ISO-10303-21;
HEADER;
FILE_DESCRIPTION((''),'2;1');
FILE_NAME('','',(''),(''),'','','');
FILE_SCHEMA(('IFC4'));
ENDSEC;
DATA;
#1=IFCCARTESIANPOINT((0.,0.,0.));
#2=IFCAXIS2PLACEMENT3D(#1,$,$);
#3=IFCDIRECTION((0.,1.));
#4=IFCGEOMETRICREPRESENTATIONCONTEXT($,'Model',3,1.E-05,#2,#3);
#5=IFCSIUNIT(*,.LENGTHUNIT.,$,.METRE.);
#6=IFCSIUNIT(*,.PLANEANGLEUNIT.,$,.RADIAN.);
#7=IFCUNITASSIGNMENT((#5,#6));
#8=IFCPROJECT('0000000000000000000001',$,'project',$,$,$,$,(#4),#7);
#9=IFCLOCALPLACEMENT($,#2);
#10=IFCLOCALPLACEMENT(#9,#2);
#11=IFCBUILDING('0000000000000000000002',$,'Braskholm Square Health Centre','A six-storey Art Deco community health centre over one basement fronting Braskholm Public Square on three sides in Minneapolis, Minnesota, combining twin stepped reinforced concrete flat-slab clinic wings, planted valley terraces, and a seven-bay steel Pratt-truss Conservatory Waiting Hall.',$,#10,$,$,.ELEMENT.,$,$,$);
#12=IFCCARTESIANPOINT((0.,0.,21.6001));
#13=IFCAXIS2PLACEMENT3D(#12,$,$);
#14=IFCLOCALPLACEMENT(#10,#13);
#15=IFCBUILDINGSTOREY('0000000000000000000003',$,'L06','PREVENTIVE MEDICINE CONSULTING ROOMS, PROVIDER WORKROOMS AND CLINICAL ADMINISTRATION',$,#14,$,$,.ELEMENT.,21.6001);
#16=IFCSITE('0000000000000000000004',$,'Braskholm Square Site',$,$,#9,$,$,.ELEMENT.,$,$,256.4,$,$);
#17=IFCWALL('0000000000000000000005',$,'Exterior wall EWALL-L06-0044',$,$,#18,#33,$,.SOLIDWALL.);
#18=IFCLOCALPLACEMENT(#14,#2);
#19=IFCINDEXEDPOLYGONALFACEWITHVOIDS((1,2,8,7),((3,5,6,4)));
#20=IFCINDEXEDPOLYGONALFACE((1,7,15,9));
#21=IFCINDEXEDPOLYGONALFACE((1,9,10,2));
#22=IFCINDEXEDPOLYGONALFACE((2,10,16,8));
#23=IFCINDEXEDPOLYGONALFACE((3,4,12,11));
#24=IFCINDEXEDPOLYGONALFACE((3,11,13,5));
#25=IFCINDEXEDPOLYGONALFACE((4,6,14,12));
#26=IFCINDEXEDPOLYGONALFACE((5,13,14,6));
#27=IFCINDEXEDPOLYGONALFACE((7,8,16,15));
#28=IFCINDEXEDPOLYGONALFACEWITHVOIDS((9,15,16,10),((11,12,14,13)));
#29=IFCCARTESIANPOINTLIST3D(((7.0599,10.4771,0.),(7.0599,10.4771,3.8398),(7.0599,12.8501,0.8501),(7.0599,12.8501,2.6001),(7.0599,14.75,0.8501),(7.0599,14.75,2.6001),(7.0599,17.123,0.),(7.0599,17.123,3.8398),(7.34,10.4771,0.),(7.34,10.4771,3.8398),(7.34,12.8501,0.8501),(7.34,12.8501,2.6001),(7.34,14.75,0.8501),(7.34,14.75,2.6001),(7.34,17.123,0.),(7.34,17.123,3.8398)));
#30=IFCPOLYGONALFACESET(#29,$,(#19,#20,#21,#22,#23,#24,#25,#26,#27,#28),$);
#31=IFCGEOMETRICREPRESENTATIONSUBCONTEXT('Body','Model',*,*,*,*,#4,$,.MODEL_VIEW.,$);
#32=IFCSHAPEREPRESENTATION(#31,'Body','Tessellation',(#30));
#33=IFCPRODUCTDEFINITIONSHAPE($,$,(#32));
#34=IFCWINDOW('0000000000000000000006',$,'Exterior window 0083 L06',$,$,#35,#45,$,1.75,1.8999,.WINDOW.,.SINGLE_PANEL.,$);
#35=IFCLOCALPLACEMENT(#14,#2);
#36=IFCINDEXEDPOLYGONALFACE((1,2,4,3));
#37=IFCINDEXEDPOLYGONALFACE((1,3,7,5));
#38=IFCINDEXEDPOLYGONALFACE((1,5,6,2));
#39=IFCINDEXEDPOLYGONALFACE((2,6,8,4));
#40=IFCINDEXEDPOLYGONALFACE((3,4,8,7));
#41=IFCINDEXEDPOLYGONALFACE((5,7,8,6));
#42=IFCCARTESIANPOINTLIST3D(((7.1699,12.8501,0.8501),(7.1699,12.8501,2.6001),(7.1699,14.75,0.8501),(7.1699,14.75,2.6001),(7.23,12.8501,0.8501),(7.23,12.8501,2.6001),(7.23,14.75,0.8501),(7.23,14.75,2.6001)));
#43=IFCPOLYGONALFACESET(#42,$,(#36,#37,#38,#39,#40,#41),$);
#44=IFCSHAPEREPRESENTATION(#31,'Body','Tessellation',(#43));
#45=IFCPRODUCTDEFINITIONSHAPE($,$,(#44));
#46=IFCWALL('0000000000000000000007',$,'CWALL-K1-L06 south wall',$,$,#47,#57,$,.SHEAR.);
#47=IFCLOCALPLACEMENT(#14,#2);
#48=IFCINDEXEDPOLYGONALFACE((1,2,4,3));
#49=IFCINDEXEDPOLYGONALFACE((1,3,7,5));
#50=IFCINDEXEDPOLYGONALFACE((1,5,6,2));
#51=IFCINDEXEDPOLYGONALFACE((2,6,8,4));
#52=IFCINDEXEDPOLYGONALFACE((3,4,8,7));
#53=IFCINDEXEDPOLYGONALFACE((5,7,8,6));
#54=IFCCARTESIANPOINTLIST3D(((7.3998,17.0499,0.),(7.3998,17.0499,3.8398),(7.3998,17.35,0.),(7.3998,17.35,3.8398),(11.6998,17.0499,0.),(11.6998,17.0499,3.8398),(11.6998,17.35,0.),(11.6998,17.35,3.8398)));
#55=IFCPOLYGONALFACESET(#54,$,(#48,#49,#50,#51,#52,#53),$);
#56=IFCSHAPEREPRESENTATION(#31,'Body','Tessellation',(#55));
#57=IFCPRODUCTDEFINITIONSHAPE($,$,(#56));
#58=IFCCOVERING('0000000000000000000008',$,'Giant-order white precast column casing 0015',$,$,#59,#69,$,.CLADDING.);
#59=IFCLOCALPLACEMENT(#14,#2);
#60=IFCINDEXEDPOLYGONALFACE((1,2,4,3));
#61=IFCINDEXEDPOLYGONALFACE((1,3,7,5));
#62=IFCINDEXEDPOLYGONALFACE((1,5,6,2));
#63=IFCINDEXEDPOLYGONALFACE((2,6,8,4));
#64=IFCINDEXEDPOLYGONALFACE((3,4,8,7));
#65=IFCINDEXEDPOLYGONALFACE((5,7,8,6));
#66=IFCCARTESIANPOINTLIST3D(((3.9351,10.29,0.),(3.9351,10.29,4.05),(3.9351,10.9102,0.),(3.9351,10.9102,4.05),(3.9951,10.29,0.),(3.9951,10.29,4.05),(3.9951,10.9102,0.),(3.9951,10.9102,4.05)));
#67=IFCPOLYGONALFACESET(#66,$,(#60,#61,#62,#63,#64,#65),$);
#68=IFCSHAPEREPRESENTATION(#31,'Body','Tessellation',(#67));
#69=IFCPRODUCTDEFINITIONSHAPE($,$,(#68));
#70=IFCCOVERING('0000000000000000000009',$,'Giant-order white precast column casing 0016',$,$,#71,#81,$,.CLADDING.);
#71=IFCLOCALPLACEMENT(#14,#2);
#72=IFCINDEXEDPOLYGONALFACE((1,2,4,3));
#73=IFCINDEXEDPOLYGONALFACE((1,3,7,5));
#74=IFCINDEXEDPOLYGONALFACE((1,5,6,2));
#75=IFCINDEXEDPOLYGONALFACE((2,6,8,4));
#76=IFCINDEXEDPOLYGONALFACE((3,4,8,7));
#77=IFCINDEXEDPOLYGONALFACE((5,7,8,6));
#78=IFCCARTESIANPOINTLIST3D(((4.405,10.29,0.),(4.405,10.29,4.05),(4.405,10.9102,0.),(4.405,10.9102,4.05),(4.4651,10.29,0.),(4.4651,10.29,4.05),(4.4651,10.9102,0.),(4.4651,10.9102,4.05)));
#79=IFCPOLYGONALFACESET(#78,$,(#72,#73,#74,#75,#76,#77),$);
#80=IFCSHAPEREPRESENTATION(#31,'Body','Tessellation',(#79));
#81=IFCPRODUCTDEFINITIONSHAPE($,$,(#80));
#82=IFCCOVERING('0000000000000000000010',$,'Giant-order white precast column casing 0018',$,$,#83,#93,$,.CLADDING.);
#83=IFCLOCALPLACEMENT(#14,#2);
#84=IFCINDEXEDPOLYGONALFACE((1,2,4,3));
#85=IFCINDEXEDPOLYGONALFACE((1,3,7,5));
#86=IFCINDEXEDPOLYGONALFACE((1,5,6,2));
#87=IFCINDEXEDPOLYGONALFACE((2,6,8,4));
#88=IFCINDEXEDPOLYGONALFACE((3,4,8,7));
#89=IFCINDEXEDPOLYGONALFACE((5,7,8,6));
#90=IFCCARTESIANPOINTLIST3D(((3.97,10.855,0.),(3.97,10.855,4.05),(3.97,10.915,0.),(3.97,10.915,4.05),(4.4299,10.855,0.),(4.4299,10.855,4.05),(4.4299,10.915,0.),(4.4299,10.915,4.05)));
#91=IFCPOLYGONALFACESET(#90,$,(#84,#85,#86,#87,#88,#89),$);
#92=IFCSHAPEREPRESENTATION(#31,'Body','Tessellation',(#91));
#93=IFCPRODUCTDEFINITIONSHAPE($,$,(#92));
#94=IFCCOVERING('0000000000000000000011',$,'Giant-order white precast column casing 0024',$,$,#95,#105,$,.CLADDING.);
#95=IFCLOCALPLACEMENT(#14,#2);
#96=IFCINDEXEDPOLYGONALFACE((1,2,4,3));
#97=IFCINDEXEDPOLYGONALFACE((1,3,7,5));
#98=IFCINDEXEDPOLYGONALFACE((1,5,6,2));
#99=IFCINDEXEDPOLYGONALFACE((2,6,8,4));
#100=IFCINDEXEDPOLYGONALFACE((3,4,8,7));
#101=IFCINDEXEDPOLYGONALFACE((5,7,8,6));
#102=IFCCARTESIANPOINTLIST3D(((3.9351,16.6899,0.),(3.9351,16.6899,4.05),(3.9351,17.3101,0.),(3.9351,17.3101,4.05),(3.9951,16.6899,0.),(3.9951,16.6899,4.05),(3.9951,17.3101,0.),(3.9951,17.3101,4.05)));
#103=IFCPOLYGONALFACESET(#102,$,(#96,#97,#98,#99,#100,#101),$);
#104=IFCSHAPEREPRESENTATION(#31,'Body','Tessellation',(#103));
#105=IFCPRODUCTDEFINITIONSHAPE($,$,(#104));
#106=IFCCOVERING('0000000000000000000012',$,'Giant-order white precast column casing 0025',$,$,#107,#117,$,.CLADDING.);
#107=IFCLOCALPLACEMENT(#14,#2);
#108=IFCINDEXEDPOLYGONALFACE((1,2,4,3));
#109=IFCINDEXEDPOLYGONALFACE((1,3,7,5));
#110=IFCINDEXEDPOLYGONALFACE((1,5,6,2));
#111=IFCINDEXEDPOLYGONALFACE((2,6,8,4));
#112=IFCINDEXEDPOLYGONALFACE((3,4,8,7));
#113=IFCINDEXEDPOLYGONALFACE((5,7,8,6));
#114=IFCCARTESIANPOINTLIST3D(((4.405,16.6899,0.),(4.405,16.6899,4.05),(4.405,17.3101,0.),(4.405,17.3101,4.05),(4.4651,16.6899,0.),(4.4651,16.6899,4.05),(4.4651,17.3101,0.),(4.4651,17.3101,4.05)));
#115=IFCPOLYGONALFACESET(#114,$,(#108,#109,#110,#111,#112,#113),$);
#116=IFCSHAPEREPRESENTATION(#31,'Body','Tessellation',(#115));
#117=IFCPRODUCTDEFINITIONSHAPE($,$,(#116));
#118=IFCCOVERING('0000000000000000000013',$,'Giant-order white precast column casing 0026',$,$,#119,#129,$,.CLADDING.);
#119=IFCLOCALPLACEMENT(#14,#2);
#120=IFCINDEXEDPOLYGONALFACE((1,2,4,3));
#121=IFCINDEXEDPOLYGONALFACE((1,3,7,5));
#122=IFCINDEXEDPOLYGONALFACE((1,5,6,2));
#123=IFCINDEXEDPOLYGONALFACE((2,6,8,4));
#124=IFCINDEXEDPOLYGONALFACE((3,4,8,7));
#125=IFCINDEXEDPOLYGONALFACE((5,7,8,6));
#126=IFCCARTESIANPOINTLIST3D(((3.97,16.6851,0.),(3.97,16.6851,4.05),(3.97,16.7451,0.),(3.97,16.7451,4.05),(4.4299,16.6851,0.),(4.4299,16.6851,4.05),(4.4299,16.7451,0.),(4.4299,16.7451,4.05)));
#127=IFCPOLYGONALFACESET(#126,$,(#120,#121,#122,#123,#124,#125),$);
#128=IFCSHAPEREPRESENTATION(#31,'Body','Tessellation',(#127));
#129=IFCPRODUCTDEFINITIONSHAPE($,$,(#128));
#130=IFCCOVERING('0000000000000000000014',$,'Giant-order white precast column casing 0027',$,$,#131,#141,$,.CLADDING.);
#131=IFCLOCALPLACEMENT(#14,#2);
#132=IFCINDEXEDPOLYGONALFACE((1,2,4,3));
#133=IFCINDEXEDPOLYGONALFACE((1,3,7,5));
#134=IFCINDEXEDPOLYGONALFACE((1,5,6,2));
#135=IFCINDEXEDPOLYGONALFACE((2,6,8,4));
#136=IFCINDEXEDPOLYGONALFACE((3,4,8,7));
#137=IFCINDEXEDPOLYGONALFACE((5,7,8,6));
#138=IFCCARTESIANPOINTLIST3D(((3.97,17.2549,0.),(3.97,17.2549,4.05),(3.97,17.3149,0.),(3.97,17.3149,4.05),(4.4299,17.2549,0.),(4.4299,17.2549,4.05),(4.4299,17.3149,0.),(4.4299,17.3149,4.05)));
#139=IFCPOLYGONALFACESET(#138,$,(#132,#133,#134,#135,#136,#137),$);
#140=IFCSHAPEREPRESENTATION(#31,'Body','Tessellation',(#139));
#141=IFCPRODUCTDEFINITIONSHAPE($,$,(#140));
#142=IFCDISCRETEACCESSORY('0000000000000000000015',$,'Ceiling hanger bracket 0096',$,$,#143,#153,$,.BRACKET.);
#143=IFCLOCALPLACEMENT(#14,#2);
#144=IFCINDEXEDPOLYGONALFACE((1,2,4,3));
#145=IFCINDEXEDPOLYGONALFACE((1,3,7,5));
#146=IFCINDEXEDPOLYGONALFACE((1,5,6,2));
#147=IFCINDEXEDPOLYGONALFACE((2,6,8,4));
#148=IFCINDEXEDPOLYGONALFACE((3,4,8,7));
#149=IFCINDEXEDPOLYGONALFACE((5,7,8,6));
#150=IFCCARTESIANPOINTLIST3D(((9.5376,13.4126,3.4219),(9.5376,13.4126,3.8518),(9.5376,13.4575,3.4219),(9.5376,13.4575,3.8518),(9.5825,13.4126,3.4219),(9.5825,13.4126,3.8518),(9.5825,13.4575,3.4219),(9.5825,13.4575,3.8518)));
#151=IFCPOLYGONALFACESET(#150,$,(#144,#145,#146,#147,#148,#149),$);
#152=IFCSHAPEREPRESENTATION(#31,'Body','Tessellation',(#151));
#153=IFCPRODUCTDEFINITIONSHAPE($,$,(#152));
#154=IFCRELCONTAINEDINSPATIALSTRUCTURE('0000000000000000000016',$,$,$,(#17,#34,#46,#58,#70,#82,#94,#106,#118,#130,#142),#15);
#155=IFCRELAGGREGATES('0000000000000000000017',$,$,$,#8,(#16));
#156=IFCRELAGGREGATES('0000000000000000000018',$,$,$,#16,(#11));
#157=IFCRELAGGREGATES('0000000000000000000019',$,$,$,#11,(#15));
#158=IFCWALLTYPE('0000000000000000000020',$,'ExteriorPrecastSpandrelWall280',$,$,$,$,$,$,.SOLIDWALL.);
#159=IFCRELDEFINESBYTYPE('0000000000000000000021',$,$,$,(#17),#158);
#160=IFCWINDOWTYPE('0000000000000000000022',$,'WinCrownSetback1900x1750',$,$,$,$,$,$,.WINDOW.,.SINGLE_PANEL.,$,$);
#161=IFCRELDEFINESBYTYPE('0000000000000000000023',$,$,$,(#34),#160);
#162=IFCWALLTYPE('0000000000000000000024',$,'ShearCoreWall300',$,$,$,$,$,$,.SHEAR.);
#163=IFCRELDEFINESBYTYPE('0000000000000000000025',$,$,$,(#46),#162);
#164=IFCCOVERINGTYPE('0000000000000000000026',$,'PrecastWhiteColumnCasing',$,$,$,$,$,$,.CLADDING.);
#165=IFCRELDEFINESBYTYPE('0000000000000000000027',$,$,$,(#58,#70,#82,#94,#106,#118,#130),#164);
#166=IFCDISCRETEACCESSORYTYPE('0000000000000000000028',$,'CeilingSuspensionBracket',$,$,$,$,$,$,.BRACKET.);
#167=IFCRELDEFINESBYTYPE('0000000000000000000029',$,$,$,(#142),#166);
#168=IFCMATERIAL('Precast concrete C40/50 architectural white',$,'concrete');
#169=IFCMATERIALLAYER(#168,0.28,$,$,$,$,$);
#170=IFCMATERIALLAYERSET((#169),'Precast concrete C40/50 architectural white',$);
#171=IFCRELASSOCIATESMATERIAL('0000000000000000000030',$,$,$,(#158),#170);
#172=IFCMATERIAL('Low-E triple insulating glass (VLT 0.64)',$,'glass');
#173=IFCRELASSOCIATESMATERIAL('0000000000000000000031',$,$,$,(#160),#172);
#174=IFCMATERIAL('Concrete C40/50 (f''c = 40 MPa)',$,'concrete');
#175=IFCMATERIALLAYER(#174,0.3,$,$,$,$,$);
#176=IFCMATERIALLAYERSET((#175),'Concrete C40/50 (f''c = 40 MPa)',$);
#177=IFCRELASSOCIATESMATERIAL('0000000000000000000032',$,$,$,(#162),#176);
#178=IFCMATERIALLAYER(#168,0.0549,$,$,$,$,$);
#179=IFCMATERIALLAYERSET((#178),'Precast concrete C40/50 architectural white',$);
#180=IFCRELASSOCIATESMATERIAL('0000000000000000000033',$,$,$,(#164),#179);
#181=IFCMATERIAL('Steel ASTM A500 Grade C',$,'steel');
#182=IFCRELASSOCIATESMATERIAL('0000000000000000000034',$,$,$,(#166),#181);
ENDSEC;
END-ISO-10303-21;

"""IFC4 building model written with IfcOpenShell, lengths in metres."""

from ifc_helpers import new_model, si_unit, direction, frame, frame_2d, origin, origin_with_axes, origin_2d, place, context, subcontext, project, spatial, rectangle, extrude, material, layer, layer_set, type_object, element, fill, save


model = new_model("IFC4")

# Units and contexts
model_context = context("Model", 3, precision=1e-05, world=origin(), true_north=direction((0.0, 1.0)))
body_context = subcontext(model_context, "Body", "Model", "MODEL_VIEW")
ifc_project = project(units=[si_unit("LENGTHUNIT", "METRE"), si_unit("PLANEANGLEUNIT", "RADIAN")], contexts=[model_context])

# Site, building, storey
site_placement = place(None, origin())
site = spatial("IfcSite", under=ifc_project, at=site_placement, Name="Braskholm Square Site", CompositionType="ELEMENT", RefElevation=256.4)
building_placement = place(site_placement, origin())
building = spatial("IfcBuilding", under=site, at=building_placement, Name="Braskholm Square Health Centre", Description="A six-storey Art Deco community health centre over one basement fronting Braskholm Public Square on three sides in Minneapolis, Minnesota, combining twin stepped reinforced concrete flat-slab clinic wings, planted valley terraces, and a seven-bay steel Pratt-truss Conservatory Waiting Hall.", CompositionType="ELEMENT")
storey_placement = place(building_placement, frame((0.0, 0.0, 21.6001)))
storey = spatial("IfcBuildingStorey", under=building, at=storey_placement, Name="L06", Description="PREVENTIVE MEDICINE CONSULTING ROOMS, PROVIDER WORKROOMS AND CLINICAL ADMINISTRATION", CompositionType="ELEMENT", Elevation=21.6001)

# Shared definitions
ifc_material_1 = material(Name="Concrete C40/50 (f'c = 40 MPa)", Category="concrete")
ifc_material_2 = material(Name="Precast concrete C40/50 architectural white", Category="concrete")

# Shared definitions
ifc_material_3 = material(Name="Low-E triple insulating glass (VLT 0.64)", Category="glass")

# Wall, opening, window
ifc_layer_1 = layer(ifc_material_2, 0.28)
ifc_layer_set_1 = layer_set([ifc_layer_1], Name="Precast concrete C40/50 architectural white")
wall_type_1 = type_object("IfcWallType", Name="ExteriorPrecastSpandrelWall280", PredefinedType="SOLIDWALL", material=ifc_layer_set_1)
wall_1_placement = place(storey_placement, frame((7.2, 17.123, 0.0), z_axis=(0.0, 0.0, 1.0), x_axis=(0.0, -1.0, 0.0)))
wall_1 = element("IfcWall", 1, at=wall_1_placement, inside=storey, type_object=wall_type_1, Name="Exterior wall EWALL-L06-0044", PredefinedType="SOLIDWALL", context=body_context, shape_type="SweptSolid", body=[
    extrude(rectangle(XDim=6.646, YDim=0.28, at=frame_2d((3.323, 0.0))), origin(), (0.0, 0.0, 1.0), 3.8398),
])
opening_placement = place(wall_1_placement, frame((2.373, 0.0, 0.8501)))
opening = element("IfcOpeningElement", 2, at=opening_placement, cuts=wall_1, PredefinedType="OPENING", context=body_context, shape_type="SweptSolid", body=[
    extrude(rectangle(XDim=1.8999, YDim=1.75, at=frame_2d((0.95, 0.875))), frame((0.0, 0.1499, 0.0), z_axis=(0.0, -1.0, 0.0), x_axis=(1.0, 0.0, 0.0)), (0.0, 0.0, 1.0), 0.3),
])
window_type = type_object("IfcWindowType", Name="WinCrownSetback1900x1750", PartitioningType="SINGLE_PANEL", PredefinedType="WINDOW", material=ifc_material_3)
window_placement = place(opening_placement, origin_with_axes())
window = element("IfcWindow", 3, at=window_placement, inside=storey, type_object=window_type, Name="Exterior window 0083 L06", OverallHeight=1.75, OverallWidth=1.8999, PartitioningType="SINGLE_PANEL", PredefinedType="WINDOW", context=body_context, shape_type="SweptSolid", body=[
    extrude(rectangle(XDim=1.8999, YDim=1.75, at=frame_2d((0.95, 0.875))), frame((0.0, 0.03, 0.0), z_axis=(0.0, -1.0, 0.0), x_axis=(1.0, 0.0, 0.0)), (0.0, 0.0, 1.0), 0.0601),
])
fill(opening, window)

# Wall
ifc_layer_2 = layer(ifc_material_1, 0.3)
ifc_layer_set_2 = layer_set([ifc_layer_2], Name="Concrete C40/50 (f'c = 40 MPa)")
wall_type_2 = type_object("IfcWallType", Name="ShearCoreWall300", PredefinedType="SHEAR", material=ifc_layer_set_2)
wall_2_placement = place(storey_placement, frame((7.3999, 17.2, 0.0), z_axis=(0.0, 0.0, 1.0), x_axis=(1.0, 0.0, 0.0)))
element("IfcWall", 4, at=wall_2_placement, inside=storey, type_object=wall_type_2, Name="CWALL-K1-L06 south wall", PredefinedType="SHEAR", context=body_context, shape_type="SweptSolid", body=[
    extrude(rectangle(XDim=4.3, YDim=0.3, at=frame_2d((2.1499, 0.0))), origin(), (0.0, 0.0, 1.0), 3.8398),
])

# Coverings
ifc_layer_3 = layer(ifc_material_2, 0.0549)
ifc_layer_set_3 = layer_set([ifc_layer_3], Name="Precast concrete C40/50 architectural white")
covering_type = type_object("IfcCoveringType", Name="PrecastWhiteColumnCasing", PredefinedType="CLADDING", material=ifc_layer_set_3)
for number, where, z_axis, x_axis, name in (
    (5, (3.9651, 10.6001, 0.0), (0.0, 0.0, 1.0), (1.0, 0.0, 0.0), "Giant-order white precast column casing 0015"),
    (6, (4.4351, 10.6001, 0.0), (0.0, 0.0, 1.0), (1.0, 0.0, 0.0), "Giant-order white precast column casing 0016"),
):
    element("IfcCovering", number, at=place(storey_placement, frame(where, z_axis=z_axis, x_axis=x_axis)), inside=storey, type_object=covering_type, Name=name, PredefinedType="CLADDING", context=body_context, shape_type="SweptSolid", body=[
        extrude(rectangle(XDim=0.0601, YDim=0.6201, at=origin_2d()), origin(), (0.0, 0.0, 1.0), 4.05),
    ])
covering_placement = place(storey_placement, frame((4.2, 10.885, 0.0), z_axis=(0.0, 0.0, 1.0), x_axis=(1.0, 0.0, 0.0)))
element("IfcCovering", 7, at=covering_placement, inside=storey, type_object=covering_type, Name="Giant-order white precast column casing 0018", PredefinedType="CLADDING", context=body_context, shape_type="SweptSolid", body=[
    extrude(rectangle(XDim=0.46, YDim=0.0601, at=origin_2d()), origin(), (0.0, 0.0, 1.0), 4.05),
])
for number, where, z_axis, x_axis, name in (
    (8, (3.9651, 17.0, 0.0), (0.0, 0.0, 1.0), (1.0, 0.0, 0.0), "Giant-order white precast column casing 0024"),
    (9, (4.4351, 17.0, 0.0), (0.0, 0.0, 1.0), (1.0, 0.0, 0.0), "Giant-order white precast column casing 0025"),
):
    element("IfcCovering", number, at=place(storey_placement, frame(where, z_axis=z_axis, x_axis=x_axis)), inside=storey, type_object=covering_type, Name=name, PredefinedType="CLADDING", context=body_context, shape_type="SweptSolid", body=[
        extrude(rectangle(XDim=0.0601, YDim=0.6201, at=origin_2d()), origin(), (0.0, 0.0, 1.0), 4.05),
    ])
for number, where, z_axis, x_axis, name in (
    (10, (4.2, 16.7151, 0.0), (0.0, 0.0, 1.0), (1.0, 0.0, 0.0), "Giant-order white precast column casing 0026"),
    (11, (4.2, 17.2849, 0.0), (0.0, 0.0, 1.0), (1.0, 0.0, 0.0), "Giant-order white precast column casing 0027"),
):
    element("IfcCovering", number, at=place(storey_placement, frame(where, z_axis=z_axis, x_axis=x_axis)), inside=storey, type_object=covering_type, Name=name, PredefinedType="CLADDING", context=body_context, shape_type="SweptSolid", body=[
        extrude(rectangle(XDim=0.46, YDim=0.0601, at=origin_2d()), origin(), (0.0, 0.0, 1.0), 4.05),
    ])

# Discrete accessory
ifc_material_4 = material(Name="Steel ASTM A500 Grade C", Category="steel")
discrete_accessory_type = type_object("IfcDiscreteAccessoryType", Name="CeilingSuspensionBracket", PredefinedType="BRACKET", material=ifc_material_4)
discrete_accessory_placement = place(storey_placement, frame((9.5601, 13.4351, 3.4219), z_axis=(0.0, 0.0, 1.0), x_axis=(1.0, 0.0, 0.0)))
element("IfcDiscreteAccessory", 12, at=discrete_accessory_placement, inside=storey, type_object=discrete_accessory_type, Name="Ceiling hanger bracket 0096", PredefinedType="BRACKET", context=body_context, shape_type="SweptSolid", body=[
    extrude(rectangle(XDim=0.0449, YDim=0.0449, at=origin_2d()), origin(), (0.0, 0.0, 1.0), 0.4299),
])

save(model, "model.ifc")
